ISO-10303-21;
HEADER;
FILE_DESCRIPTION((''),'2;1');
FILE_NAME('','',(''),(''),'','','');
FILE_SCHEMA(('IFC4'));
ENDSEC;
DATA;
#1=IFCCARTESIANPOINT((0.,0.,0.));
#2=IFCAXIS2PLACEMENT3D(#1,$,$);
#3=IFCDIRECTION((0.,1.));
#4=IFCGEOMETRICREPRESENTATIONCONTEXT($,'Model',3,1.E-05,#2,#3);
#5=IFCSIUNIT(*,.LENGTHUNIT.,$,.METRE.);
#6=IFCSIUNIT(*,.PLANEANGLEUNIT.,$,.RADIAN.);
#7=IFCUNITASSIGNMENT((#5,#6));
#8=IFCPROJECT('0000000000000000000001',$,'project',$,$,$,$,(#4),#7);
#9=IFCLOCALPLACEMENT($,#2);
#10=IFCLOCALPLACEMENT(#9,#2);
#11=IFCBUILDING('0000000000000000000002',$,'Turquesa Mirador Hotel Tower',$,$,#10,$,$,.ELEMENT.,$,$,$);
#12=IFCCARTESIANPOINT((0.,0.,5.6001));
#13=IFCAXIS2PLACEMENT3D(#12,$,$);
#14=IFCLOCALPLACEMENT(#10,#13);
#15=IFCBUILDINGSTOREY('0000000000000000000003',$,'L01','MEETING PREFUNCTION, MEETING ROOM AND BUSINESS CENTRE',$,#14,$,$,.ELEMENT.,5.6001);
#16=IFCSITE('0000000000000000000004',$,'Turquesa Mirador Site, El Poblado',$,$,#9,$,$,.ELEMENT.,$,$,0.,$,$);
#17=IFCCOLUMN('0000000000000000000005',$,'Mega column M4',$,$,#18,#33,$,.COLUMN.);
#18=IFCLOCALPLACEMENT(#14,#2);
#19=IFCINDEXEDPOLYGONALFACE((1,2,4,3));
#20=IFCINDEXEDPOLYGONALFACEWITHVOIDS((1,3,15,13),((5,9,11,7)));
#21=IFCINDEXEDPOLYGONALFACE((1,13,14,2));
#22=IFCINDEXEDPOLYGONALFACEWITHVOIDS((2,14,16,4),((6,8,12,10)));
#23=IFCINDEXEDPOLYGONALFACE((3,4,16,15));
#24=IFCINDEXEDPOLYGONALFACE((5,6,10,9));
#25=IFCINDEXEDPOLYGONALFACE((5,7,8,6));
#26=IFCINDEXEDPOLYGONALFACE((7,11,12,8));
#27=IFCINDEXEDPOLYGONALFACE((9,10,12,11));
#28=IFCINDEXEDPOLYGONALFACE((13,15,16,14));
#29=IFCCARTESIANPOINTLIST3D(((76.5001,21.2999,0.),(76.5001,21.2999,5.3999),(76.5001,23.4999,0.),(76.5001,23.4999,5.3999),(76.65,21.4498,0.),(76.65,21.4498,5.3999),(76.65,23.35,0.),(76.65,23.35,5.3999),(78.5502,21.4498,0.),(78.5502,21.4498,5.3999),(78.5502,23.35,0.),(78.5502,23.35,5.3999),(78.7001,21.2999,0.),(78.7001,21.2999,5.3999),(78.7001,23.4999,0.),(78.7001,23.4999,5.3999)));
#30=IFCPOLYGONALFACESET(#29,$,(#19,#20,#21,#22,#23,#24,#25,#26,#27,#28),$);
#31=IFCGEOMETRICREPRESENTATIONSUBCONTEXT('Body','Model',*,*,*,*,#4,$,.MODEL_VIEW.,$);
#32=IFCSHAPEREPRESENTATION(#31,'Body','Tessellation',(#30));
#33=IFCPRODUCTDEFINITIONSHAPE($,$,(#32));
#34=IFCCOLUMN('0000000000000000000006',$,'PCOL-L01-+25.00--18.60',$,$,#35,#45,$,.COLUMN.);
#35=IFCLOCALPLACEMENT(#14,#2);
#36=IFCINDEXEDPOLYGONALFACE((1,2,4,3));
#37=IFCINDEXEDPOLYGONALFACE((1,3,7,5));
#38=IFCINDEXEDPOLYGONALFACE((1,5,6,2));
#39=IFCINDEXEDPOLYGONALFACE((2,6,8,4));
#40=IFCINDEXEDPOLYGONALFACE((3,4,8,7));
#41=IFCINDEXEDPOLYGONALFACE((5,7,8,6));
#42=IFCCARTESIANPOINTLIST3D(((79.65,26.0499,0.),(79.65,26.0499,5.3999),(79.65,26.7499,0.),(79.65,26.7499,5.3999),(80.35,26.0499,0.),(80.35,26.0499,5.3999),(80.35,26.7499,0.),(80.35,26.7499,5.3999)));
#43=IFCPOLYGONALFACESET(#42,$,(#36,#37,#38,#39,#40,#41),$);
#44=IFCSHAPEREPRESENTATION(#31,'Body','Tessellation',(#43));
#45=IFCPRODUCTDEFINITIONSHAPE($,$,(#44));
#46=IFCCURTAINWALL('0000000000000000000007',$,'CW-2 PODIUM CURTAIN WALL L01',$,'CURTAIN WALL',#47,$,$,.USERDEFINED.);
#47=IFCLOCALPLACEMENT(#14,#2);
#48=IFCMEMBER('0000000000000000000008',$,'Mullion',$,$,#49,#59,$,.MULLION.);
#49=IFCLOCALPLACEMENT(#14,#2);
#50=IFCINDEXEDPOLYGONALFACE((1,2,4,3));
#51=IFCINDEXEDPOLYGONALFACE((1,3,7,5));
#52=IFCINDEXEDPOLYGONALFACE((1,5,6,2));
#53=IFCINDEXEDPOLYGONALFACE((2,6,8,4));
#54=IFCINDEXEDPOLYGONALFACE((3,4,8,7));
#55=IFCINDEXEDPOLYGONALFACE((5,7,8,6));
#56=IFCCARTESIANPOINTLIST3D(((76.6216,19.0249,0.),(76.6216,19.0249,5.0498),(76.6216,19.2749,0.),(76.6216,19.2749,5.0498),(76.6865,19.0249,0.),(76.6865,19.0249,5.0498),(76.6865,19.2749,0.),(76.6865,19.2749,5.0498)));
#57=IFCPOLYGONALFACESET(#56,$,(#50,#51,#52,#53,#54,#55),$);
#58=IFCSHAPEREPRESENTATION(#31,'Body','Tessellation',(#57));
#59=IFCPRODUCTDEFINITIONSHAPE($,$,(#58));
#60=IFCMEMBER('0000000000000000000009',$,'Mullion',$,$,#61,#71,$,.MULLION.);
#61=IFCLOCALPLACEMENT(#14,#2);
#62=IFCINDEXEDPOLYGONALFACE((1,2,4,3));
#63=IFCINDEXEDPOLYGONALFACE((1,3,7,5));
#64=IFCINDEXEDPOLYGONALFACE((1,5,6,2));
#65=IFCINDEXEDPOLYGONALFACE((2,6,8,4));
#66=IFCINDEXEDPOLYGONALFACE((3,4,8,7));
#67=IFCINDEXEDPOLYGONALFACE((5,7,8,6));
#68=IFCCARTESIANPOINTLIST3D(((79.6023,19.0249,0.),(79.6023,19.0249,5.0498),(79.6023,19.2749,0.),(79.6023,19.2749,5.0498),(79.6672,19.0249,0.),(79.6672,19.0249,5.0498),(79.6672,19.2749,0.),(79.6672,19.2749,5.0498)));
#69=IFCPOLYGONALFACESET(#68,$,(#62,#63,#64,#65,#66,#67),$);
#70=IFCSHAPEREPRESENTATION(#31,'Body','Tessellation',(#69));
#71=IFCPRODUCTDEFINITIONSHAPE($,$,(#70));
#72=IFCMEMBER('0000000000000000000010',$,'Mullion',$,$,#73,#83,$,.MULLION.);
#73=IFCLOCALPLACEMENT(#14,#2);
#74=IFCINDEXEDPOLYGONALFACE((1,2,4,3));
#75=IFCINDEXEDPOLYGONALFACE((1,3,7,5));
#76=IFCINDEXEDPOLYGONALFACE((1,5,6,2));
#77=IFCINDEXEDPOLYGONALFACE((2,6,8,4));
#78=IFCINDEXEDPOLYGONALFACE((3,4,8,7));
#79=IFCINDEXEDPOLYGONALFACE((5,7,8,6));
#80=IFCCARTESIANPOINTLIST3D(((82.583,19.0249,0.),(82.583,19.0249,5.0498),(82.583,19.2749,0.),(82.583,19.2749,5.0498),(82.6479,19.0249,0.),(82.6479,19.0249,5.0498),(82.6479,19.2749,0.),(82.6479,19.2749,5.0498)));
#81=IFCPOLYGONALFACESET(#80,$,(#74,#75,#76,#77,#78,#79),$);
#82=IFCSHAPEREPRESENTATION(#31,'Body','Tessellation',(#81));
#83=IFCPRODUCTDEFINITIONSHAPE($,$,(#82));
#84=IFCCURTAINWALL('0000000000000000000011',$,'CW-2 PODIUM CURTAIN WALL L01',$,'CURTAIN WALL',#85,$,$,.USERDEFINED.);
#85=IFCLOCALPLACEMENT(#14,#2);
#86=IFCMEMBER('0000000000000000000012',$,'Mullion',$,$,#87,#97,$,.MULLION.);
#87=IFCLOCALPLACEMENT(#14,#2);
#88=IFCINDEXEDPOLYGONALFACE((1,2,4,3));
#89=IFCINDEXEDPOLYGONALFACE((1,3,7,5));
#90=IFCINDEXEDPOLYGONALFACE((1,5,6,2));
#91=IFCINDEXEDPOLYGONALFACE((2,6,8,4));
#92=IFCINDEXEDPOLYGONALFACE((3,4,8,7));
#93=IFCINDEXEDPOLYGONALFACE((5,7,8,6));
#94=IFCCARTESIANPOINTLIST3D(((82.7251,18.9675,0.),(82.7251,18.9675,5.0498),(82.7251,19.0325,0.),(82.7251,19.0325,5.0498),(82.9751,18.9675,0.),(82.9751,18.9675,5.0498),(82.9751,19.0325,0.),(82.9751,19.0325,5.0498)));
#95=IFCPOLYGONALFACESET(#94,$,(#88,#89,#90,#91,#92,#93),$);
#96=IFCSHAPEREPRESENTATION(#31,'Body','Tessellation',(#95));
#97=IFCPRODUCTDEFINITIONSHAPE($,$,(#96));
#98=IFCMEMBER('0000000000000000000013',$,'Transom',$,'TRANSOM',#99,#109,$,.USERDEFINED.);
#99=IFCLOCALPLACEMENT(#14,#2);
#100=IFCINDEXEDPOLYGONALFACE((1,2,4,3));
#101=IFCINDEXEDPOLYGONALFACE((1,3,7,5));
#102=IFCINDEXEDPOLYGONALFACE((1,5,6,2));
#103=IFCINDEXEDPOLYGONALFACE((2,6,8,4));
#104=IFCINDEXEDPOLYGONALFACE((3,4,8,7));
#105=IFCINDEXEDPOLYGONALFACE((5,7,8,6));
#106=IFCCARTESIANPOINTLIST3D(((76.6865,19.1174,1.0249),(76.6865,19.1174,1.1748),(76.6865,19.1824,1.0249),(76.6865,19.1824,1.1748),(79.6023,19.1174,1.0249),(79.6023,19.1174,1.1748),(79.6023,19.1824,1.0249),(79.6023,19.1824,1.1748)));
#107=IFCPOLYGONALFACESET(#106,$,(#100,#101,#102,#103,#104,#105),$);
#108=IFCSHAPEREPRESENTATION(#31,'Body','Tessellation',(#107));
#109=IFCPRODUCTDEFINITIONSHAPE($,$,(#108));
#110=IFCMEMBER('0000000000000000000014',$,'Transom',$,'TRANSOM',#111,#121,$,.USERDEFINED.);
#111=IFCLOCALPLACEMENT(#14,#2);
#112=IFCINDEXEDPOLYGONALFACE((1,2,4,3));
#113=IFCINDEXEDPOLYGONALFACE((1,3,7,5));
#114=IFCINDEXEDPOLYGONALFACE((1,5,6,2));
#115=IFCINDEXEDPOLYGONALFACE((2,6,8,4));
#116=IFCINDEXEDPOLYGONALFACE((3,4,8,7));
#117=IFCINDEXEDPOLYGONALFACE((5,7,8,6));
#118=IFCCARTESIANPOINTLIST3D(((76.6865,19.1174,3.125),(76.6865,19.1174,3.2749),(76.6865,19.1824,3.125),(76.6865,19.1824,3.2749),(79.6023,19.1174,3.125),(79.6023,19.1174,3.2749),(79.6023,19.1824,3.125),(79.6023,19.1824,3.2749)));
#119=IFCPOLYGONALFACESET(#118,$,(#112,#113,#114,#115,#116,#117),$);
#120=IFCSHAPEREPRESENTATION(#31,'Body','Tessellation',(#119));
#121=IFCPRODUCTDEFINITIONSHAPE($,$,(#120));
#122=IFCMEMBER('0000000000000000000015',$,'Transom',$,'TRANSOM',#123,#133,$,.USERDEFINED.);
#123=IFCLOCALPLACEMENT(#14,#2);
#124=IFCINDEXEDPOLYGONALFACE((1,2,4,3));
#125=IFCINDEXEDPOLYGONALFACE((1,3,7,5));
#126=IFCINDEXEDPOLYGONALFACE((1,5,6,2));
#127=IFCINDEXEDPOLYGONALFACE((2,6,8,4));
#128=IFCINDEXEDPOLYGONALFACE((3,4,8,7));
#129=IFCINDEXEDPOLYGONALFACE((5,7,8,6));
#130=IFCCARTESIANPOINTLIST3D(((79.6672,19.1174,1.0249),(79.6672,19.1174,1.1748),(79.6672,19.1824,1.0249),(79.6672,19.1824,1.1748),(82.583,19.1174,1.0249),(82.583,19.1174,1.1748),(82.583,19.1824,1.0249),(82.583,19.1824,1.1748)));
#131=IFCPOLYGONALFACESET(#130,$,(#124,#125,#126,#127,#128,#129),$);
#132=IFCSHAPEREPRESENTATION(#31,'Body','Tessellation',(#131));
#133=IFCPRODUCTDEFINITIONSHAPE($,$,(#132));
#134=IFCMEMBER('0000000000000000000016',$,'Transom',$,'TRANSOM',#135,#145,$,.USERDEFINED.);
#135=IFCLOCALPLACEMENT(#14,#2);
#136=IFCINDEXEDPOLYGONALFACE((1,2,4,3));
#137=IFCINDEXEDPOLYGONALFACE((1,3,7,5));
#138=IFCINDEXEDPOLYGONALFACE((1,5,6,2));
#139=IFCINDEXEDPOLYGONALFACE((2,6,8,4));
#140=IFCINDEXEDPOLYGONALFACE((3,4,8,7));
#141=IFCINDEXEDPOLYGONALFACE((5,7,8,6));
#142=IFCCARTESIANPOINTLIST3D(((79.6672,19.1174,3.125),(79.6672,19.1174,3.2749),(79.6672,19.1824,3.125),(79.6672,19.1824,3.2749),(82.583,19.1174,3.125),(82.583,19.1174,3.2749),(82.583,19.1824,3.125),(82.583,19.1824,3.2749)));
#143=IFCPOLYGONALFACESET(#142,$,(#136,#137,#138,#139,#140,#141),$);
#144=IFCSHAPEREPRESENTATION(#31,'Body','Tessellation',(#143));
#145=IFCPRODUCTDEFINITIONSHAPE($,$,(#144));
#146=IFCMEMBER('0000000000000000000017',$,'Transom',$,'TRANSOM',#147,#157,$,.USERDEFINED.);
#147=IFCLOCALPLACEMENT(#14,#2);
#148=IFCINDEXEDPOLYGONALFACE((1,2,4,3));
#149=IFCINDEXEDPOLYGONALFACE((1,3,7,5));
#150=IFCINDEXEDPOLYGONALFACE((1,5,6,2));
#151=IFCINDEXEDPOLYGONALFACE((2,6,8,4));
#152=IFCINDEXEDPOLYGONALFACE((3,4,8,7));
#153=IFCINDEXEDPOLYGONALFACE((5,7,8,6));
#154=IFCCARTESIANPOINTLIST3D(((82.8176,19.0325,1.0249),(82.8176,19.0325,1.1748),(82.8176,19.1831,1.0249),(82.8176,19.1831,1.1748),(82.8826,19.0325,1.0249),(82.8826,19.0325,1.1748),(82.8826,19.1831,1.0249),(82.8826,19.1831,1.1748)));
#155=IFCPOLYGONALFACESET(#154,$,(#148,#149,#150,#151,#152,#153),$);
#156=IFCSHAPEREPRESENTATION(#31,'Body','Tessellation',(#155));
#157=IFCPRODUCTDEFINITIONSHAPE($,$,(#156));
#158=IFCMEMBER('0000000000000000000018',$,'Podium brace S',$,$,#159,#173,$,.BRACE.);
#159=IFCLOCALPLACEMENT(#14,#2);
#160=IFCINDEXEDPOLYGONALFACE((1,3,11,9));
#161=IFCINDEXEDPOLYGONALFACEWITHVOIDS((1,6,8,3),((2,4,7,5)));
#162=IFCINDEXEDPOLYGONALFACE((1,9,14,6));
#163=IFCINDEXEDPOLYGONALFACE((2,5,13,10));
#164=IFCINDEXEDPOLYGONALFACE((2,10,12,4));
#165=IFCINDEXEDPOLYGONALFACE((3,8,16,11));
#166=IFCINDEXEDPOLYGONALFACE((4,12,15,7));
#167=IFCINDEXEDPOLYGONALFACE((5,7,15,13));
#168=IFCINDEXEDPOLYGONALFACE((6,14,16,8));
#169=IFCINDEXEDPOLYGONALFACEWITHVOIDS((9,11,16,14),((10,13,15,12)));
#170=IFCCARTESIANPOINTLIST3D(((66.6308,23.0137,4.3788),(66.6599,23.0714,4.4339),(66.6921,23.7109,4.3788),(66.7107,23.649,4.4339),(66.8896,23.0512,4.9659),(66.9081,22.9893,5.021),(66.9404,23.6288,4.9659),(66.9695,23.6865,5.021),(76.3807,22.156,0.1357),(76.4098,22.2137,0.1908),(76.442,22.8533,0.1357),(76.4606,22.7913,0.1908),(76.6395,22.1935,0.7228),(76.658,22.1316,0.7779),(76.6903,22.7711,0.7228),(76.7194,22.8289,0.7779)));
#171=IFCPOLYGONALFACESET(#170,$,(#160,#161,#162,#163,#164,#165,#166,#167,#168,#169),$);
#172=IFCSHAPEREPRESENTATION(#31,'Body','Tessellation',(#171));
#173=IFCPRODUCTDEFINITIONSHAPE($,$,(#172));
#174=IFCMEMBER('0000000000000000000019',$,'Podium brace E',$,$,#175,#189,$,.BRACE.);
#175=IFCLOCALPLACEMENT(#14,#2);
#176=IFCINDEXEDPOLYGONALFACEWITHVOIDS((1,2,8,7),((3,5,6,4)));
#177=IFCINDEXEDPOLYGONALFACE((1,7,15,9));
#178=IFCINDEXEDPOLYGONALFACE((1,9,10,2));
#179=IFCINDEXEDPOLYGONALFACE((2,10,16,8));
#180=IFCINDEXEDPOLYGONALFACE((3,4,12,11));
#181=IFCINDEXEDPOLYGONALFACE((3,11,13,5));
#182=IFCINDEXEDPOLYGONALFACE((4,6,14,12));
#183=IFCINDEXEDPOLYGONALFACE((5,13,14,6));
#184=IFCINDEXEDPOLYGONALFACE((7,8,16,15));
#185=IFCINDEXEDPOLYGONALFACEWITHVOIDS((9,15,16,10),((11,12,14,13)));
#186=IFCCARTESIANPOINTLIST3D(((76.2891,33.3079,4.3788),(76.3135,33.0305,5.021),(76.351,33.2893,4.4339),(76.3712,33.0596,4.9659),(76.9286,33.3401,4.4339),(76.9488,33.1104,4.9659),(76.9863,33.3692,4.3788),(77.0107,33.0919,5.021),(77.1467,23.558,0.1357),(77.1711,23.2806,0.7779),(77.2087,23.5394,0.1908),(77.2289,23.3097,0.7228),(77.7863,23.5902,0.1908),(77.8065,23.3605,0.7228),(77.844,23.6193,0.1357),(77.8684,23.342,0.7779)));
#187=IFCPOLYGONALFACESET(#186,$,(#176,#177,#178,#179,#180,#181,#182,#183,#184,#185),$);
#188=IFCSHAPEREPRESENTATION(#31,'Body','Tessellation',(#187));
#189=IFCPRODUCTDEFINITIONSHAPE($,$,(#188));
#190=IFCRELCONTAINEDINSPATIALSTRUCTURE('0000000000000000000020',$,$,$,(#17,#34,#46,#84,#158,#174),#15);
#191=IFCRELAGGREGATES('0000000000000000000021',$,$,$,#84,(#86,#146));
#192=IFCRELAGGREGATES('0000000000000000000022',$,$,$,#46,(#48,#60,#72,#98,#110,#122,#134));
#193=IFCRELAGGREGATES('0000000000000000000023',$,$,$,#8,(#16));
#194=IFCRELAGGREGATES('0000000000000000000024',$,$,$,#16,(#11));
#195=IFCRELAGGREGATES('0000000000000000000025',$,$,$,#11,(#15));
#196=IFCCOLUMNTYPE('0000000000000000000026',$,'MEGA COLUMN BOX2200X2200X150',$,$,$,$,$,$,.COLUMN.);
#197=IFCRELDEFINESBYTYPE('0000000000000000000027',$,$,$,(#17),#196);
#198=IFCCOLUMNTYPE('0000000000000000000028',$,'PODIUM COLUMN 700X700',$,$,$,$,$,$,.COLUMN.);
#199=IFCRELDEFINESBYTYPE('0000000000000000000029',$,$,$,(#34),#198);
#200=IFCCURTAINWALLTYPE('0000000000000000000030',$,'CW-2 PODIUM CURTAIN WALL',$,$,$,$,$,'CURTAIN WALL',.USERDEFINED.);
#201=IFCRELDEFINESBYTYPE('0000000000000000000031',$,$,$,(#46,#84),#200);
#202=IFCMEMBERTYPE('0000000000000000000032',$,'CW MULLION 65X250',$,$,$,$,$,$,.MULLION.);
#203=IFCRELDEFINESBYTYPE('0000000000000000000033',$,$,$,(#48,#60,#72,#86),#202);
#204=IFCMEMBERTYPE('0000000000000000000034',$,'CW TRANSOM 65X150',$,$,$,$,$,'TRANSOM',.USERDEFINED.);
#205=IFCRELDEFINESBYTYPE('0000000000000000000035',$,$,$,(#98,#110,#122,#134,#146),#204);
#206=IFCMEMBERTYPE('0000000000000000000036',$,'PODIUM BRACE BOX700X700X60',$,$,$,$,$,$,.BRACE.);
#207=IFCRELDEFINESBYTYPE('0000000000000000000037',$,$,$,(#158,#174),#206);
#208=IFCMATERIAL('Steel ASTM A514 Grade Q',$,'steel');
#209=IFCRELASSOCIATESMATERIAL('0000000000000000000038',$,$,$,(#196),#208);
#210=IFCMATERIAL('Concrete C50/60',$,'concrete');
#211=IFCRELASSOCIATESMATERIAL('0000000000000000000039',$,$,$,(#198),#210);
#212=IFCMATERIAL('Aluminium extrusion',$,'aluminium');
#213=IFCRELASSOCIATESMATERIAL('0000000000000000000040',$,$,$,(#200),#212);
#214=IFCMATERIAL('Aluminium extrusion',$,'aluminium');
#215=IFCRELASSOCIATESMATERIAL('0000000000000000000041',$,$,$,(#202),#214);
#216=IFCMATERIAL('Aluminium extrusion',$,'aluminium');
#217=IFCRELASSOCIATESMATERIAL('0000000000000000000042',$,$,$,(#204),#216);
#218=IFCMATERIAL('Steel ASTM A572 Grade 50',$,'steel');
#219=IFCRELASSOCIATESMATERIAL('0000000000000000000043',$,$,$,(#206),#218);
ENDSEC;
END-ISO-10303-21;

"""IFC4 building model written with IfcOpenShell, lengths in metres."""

from ifc_helpers import new_model, si_unit, direction, frame, origin, origin_2d, place, context, subcontext, project, spatial, rectangle, hollow_rectangle, extrude, material, material_profile, profile_set, type_object, element, aggregate, save


model = new_model("IFC4")

# Units and contexts
model_context = context("Model", 3, precision=1e-05, world=origin(), true_north=direction((0.0, 1.0)))
body_context = subcontext(model_context, "Body", "Model", "MODEL_VIEW")
ifc_project = project(units=[si_unit("LENGTHUNIT", "METRE"), si_unit("PLANEANGLEUNIT", "RADIAN")], contexts=[model_context])

# Site, building, storey
site_placement = place(None, origin())
site = spatial("IfcSite", under=ifc_project, at=site_placement, Name="Turquesa Mirador Site, El Poblado", CompositionType="ELEMENT", RefElevation=0.0)
building_placement = place(site_placement, origin())
building = spatial("IfcBuilding", under=site, at=building_placement, Name="Turquesa Mirador Hotel Tower", CompositionType="ELEMENT")
storey_placement = place(building_placement, frame((0.0, 0.0, 5.6001)))
storey = spatial("IfcBuildingStorey", under=building, at=storey_placement, Name="L01", Description="MEETING PREFUNCTION, MEETING ROOM AND BUSINESS CENTRE", CompositionType="ELEMENT", Elevation=5.6001)

# Columns
ifc_material_1 = material(Name="Steel ASTM A514 Grade Q", Category="steel")
ifc_material_profile_1 = material_profile(ifc_material_1, hollow_rectangle(XDim=2.2, YDim=2.2, WallThickness=0.1499, at=origin_2d()), Name="BOX2200X2200X150")
ifc_profile_set_1 = profile_set([ifc_material_profile_1], Name="Steel ASTM A514 Grade Q")
column_type_1 = type_object("IfcColumnType", Name="MEGA COLUMN BOX2200X2200X150", PredefinedType="COLUMN", material=ifc_profile_set_1)
column_1_placement = place(storey_placement, frame((77.6001, 22.3999, 0.0), z_axis=(0.0, 0.0, 1.0), x_axis=(1.0, 0.0, 0.0)))
element("IfcColumn", 1, at=column_1_placement, inside=storey, type_object=column_type_1, Name="Mega column M4", PredefinedType="COLUMN", context=body_context, shape_type="SweptSolid", body=[
    extrude(hollow_rectangle(XDim=2.2, YDim=2.2, WallThickness=0.1499, at=origin_2d()), origin(), (0.0, 0.0, 1.0), 5.3999),
])
ifc_material_2 = material(Name="Concrete C50/60", Category="concrete")
ifc_material_profile_2 = material_profile(ifc_material_2, rectangle(XDim=0.7, YDim=0.7, at=origin_2d()), Name="RC 700X700")
ifc_profile_set_2 = profile_set([ifc_material_profile_2], Name="Concrete C50/60")
column_type_2 = type_object("IfcColumnType", Name="PODIUM COLUMN 700X700", PredefinedType="COLUMN", material=ifc_profile_set_2)
column_2_placement = place(storey_placement, frame((80.0, 26.3999, 0.0), z_axis=(0.0, 0.0, 1.0), x_axis=(1.0, 0.0, 0.0)))
element("IfcColumn", 2, at=column_2_placement, inside=storey, type_object=column_type_2, Name="PCOL-L01-+25.00--18.60", PredefinedType="COLUMN", context=body_context, shape_type="SweptSolid", body=[
    extrude(rectangle(XDim=0.7, YDim=0.7, at=origin_2d()), origin(), (0.0, 0.0, 1.0), 5.3999),
])

# Curtain wall, members
ifc_material_3 = material(Name="Aluminium extrusion", Category="aluminium")
curtain_wall_type = type_object("IfcCurtainWallType", Name="CW-2 PODIUM CURTAIN WALL", ElementType="CURTAIN WALL", PredefinedType="USERDEFINED", material=ifc_material_3)
curtain_wall_1_placement = place(storey_placement, origin())
curtain_wall_1 = element("IfcCurtainWall", 3, at=curtain_wall_1_placement, inside=storey, type_object=curtain_wall_type, Name="CW-2 PODIUM CURTAIN WALL L01", ObjectType="CURTAIN WALL", PredefinedType="USERDEFINED")
ifc_material_4 = material(Name="Aluminium extrusion", Category="aluminium")
ifc_material_profile_3 = material_profile(ifc_material_4, rectangle(XDim=0.0649, YDim=0.25, at=origin_2d()), Name="MULLION 65X250")
ifc_profile_set_3 = profile_set([ifc_material_profile_3], Name="Aluminium extrusion")
member_type_1 = type_object("IfcMemberType", Name="CW MULLION 65X250", PredefinedType="MULLION", material=ifc_profile_set_3)
member_1_placement = place(storey_placement, frame((76.6541, 19.1499, 0.0), z_axis=(0.0, 0.0, 1.0), x_axis=(1.0, 0.0, 0.0)))
member_1 = element("IfcMember", 4, at=member_1_placement, type_object=member_type_1, Name="Mullion", PredefinedType="MULLION", context=body_context, shape_type="SweptSolid", body=[
    extrude(rectangle(XDim=0.0649, YDim=0.25, at=origin_2d()), origin(), (0.0, 0.0, 1.0), 5.0498),
])
member_2_placement = place(storey_placement, frame((79.6348, 19.1499, 0.0), z_axis=(0.0, 0.0, 1.0), x_axis=(1.0, 0.0, 0.0)))
member_2 = element("IfcMember", 5, at=member_2_placement, type_object=member_type_1, Name="Mullion", PredefinedType="MULLION", context=body_context, shape_type="SweptSolid", body=[
    extrude(rectangle(XDim=0.0649, YDim=0.25, at=origin_2d()), origin(), (0.0, 0.0, 1.0), 5.0498),
])
member_3_placement = place(storey_placement, frame((82.6155, 19.1499, 0.0), z_axis=(0.0, 0.0, 1.0), x_axis=(1.0, 0.0, 0.0)))
member_3 = element("IfcMember", 6, at=member_3_placement, type_object=member_type_1, Name="Mullion", PredefinedType="MULLION", context=body_context, shape_type="SweptSolid", body=[
    extrude(rectangle(XDim=0.0649, YDim=0.25, at=origin_2d()), origin(), (0.0, 0.0, 1.0), 5.0498),
])

# Curtain wall, member
curtain_wall_2_placement = place(storey_placement, origin())
curtain_wall_2 = element("IfcCurtainWall", 7, at=curtain_wall_2_placement, inside=storey, type_object=curtain_wall_type, Name="CW-2 PODIUM CURTAIN WALL L01", ObjectType="CURTAIN WALL", PredefinedType="USERDEFINED")
member_4_placement = place(storey_placement, frame((82.8501, 19.0, 0.0), z_axis=(0.0, 0.0, 1.0), x_axis=(0.0, 1.0, 0.0)))
member_4 = element("IfcMember", 8, at=member_4_placement, type_object=member_type_1, Name="Mullion", PredefinedType="MULLION", context=body_context, shape_type="SweptSolid", body=[
    extrude(rectangle(XDim=0.0649, YDim=0.25, at=origin_2d()), origin(), (0.0, 0.0, 1.0), 5.0498),
])

# Members
ifc_material_5 = material(Name="Aluminium extrusion", Category="aluminium")
ifc_material_profile_4 = material_profile(ifc_material_5, rectangle(XDim=0.0649, YDim=0.1499, at=origin_2d()), Name="TRANSOM 65X150")
ifc_profile_set_4 = profile_set([ifc_material_profile_4], Name="Aluminium extrusion")
member_type_2 = type_object("IfcMemberType", Name="CW TRANSOM 65X150", ElementType="TRANSOM", PredefinedType="USERDEFINED", material=ifc_profile_set_4)
member_5_placement = place(storey_placement, frame((76.6865, 19.1499, 1.0999), z_axis=(1.0, 0.0, 0.0), x_axis=(0.0, 1.0, 0.0)))
member_5 = element("IfcMember", 9, at=member_5_placement, type_object=member_type_2, Name="Transom", ObjectType="TRANSOM", PredefinedType="USERDEFINED", context=body_context, shape_type="SweptSolid", body=[
    extrude(rectangle(XDim=0.0649, YDim=0.1499, at=origin_2d()), origin(), (0.0, 0.0, 1.0), 2.9158),
])
member_6_placement = place(storey_placement, frame((76.6865, 19.1499, 3.2), z_axis=(1.0, 0.0, 0.0), x_axis=(0.0, 1.0, 0.0)))
member_6 = element("IfcMember", 10, at=member_6_placement, type_object=member_type_2, Name="Transom", ObjectType="TRANSOM", PredefinedType="USERDEFINED", context=body_context, shape_type="SweptSolid", body=[
    extrude(rectangle(XDim=0.0649, YDim=0.1499, at=origin_2d()), origin(), (0.0, 0.0, 1.0), 2.9158),
])
member_7_placement = place(storey_placement, frame((79.6672, 19.1499, 1.0999), z_axis=(1.0, 0.0, 0.0), x_axis=(0.0, 1.0, 0.0)))
member_7 = element("IfcMember", 11, at=member_7_placement, type_object=member_type_2, Name="Transom", ObjectType="TRANSOM", PredefinedType="USERDEFINED", context=body_context, shape_type="SweptSolid", body=[
    extrude(rectangle(XDim=0.0649, YDim=0.1499, at=origin_2d()), origin(), (0.0, 0.0, 1.0), 2.9158),
])
member_8_placement = place(storey_placement, frame((79.6672, 19.1499, 3.2), z_axis=(1.0, 0.0, 0.0), x_axis=(0.0, 1.0, 0.0)))
member_8 = element("IfcMember", 12, at=member_8_placement, type_object=member_type_2, Name="Transom", ObjectType="TRANSOM", PredefinedType="USERDEFINED", context=body_context, shape_type="SweptSolid", body=[
    extrude(rectangle(XDim=0.0649, YDim=0.1499, at=origin_2d()), origin(), (0.0, 0.0, 1.0), 2.9158),
])
member_9_placement = place(storey_placement, frame((82.8501, 19.0325, 1.0999), z_axis=(0.0, 1.0, 0.0), x_axis=(-1.0, 0.0, 0.0)))
member_9 = element("IfcMember", 13, at=member_9_placement, type_object=member_type_2, Name="Transom", ObjectType="TRANSOM", PredefinedType="USERDEFINED", context=body_context, shape_type="SweptSolid", body=[
    extrude(rectangle(XDim=0.0649, YDim=0.1499, at=origin_2d()), origin(), (0.0, 0.0, 1.0), 0.1506),
])
aggregate(curtain_wall_2, [member_4, member_9])

# Members
ifc_material_6 = material(Name="Steel ASTM A572 Grade 50", Category="steel")
ifc_material_profile_5 = material_profile(ifc_material_6, hollow_rectangle(XDim=0.7, YDim=0.7, WallThickness=0.0601, at=origin_2d()), Name="BOX700X700X60")
ifc_profile_set_5 = profile_set([ifc_material_profile_5], Name="Steel ASTM A572 Grade 50")
member_type_3 = type_object("IfcMemberType", Name="PODIUM BRACE BOX700X700X60", PredefinedType="BRACE", material=ifc_profile_set_5)
for number, where, z_axis, x_axis, name in (
    (14, (76.55, 22.4924, 0.4568), (-0.913963, 0.080397, 0.397753), (-0.087627, -0.996153, 0.0), "Podium brace S"),
    (15, (77.5076, 23.45, 0.4568), (-0.080397, 0.913963, 0.397753), (-0.996153, -0.087627, 0.0), "Podium brace E"),
):
    element("IfcMember", number, at=place(storey_placement, frame(where, z_axis=z_axis, x_axis=x_axis)), inside=storey, type_object=member_type_3, Name=name, PredefinedType="BRACE", context=body_context, shape_type="SweptSolid", body=[
        extrude(hollow_rectangle(XDim=0.7, YDim=0.7, WallThickness=0.0601, at=origin_2d()), origin(), (0.0, 0.0, 1.0), 10.6677),
    ])

aggregate(curtain_wall_1, [member_1, member_2, member_3, member_5, member_6, member_7, member_8])

save(model, "model.ifc")
